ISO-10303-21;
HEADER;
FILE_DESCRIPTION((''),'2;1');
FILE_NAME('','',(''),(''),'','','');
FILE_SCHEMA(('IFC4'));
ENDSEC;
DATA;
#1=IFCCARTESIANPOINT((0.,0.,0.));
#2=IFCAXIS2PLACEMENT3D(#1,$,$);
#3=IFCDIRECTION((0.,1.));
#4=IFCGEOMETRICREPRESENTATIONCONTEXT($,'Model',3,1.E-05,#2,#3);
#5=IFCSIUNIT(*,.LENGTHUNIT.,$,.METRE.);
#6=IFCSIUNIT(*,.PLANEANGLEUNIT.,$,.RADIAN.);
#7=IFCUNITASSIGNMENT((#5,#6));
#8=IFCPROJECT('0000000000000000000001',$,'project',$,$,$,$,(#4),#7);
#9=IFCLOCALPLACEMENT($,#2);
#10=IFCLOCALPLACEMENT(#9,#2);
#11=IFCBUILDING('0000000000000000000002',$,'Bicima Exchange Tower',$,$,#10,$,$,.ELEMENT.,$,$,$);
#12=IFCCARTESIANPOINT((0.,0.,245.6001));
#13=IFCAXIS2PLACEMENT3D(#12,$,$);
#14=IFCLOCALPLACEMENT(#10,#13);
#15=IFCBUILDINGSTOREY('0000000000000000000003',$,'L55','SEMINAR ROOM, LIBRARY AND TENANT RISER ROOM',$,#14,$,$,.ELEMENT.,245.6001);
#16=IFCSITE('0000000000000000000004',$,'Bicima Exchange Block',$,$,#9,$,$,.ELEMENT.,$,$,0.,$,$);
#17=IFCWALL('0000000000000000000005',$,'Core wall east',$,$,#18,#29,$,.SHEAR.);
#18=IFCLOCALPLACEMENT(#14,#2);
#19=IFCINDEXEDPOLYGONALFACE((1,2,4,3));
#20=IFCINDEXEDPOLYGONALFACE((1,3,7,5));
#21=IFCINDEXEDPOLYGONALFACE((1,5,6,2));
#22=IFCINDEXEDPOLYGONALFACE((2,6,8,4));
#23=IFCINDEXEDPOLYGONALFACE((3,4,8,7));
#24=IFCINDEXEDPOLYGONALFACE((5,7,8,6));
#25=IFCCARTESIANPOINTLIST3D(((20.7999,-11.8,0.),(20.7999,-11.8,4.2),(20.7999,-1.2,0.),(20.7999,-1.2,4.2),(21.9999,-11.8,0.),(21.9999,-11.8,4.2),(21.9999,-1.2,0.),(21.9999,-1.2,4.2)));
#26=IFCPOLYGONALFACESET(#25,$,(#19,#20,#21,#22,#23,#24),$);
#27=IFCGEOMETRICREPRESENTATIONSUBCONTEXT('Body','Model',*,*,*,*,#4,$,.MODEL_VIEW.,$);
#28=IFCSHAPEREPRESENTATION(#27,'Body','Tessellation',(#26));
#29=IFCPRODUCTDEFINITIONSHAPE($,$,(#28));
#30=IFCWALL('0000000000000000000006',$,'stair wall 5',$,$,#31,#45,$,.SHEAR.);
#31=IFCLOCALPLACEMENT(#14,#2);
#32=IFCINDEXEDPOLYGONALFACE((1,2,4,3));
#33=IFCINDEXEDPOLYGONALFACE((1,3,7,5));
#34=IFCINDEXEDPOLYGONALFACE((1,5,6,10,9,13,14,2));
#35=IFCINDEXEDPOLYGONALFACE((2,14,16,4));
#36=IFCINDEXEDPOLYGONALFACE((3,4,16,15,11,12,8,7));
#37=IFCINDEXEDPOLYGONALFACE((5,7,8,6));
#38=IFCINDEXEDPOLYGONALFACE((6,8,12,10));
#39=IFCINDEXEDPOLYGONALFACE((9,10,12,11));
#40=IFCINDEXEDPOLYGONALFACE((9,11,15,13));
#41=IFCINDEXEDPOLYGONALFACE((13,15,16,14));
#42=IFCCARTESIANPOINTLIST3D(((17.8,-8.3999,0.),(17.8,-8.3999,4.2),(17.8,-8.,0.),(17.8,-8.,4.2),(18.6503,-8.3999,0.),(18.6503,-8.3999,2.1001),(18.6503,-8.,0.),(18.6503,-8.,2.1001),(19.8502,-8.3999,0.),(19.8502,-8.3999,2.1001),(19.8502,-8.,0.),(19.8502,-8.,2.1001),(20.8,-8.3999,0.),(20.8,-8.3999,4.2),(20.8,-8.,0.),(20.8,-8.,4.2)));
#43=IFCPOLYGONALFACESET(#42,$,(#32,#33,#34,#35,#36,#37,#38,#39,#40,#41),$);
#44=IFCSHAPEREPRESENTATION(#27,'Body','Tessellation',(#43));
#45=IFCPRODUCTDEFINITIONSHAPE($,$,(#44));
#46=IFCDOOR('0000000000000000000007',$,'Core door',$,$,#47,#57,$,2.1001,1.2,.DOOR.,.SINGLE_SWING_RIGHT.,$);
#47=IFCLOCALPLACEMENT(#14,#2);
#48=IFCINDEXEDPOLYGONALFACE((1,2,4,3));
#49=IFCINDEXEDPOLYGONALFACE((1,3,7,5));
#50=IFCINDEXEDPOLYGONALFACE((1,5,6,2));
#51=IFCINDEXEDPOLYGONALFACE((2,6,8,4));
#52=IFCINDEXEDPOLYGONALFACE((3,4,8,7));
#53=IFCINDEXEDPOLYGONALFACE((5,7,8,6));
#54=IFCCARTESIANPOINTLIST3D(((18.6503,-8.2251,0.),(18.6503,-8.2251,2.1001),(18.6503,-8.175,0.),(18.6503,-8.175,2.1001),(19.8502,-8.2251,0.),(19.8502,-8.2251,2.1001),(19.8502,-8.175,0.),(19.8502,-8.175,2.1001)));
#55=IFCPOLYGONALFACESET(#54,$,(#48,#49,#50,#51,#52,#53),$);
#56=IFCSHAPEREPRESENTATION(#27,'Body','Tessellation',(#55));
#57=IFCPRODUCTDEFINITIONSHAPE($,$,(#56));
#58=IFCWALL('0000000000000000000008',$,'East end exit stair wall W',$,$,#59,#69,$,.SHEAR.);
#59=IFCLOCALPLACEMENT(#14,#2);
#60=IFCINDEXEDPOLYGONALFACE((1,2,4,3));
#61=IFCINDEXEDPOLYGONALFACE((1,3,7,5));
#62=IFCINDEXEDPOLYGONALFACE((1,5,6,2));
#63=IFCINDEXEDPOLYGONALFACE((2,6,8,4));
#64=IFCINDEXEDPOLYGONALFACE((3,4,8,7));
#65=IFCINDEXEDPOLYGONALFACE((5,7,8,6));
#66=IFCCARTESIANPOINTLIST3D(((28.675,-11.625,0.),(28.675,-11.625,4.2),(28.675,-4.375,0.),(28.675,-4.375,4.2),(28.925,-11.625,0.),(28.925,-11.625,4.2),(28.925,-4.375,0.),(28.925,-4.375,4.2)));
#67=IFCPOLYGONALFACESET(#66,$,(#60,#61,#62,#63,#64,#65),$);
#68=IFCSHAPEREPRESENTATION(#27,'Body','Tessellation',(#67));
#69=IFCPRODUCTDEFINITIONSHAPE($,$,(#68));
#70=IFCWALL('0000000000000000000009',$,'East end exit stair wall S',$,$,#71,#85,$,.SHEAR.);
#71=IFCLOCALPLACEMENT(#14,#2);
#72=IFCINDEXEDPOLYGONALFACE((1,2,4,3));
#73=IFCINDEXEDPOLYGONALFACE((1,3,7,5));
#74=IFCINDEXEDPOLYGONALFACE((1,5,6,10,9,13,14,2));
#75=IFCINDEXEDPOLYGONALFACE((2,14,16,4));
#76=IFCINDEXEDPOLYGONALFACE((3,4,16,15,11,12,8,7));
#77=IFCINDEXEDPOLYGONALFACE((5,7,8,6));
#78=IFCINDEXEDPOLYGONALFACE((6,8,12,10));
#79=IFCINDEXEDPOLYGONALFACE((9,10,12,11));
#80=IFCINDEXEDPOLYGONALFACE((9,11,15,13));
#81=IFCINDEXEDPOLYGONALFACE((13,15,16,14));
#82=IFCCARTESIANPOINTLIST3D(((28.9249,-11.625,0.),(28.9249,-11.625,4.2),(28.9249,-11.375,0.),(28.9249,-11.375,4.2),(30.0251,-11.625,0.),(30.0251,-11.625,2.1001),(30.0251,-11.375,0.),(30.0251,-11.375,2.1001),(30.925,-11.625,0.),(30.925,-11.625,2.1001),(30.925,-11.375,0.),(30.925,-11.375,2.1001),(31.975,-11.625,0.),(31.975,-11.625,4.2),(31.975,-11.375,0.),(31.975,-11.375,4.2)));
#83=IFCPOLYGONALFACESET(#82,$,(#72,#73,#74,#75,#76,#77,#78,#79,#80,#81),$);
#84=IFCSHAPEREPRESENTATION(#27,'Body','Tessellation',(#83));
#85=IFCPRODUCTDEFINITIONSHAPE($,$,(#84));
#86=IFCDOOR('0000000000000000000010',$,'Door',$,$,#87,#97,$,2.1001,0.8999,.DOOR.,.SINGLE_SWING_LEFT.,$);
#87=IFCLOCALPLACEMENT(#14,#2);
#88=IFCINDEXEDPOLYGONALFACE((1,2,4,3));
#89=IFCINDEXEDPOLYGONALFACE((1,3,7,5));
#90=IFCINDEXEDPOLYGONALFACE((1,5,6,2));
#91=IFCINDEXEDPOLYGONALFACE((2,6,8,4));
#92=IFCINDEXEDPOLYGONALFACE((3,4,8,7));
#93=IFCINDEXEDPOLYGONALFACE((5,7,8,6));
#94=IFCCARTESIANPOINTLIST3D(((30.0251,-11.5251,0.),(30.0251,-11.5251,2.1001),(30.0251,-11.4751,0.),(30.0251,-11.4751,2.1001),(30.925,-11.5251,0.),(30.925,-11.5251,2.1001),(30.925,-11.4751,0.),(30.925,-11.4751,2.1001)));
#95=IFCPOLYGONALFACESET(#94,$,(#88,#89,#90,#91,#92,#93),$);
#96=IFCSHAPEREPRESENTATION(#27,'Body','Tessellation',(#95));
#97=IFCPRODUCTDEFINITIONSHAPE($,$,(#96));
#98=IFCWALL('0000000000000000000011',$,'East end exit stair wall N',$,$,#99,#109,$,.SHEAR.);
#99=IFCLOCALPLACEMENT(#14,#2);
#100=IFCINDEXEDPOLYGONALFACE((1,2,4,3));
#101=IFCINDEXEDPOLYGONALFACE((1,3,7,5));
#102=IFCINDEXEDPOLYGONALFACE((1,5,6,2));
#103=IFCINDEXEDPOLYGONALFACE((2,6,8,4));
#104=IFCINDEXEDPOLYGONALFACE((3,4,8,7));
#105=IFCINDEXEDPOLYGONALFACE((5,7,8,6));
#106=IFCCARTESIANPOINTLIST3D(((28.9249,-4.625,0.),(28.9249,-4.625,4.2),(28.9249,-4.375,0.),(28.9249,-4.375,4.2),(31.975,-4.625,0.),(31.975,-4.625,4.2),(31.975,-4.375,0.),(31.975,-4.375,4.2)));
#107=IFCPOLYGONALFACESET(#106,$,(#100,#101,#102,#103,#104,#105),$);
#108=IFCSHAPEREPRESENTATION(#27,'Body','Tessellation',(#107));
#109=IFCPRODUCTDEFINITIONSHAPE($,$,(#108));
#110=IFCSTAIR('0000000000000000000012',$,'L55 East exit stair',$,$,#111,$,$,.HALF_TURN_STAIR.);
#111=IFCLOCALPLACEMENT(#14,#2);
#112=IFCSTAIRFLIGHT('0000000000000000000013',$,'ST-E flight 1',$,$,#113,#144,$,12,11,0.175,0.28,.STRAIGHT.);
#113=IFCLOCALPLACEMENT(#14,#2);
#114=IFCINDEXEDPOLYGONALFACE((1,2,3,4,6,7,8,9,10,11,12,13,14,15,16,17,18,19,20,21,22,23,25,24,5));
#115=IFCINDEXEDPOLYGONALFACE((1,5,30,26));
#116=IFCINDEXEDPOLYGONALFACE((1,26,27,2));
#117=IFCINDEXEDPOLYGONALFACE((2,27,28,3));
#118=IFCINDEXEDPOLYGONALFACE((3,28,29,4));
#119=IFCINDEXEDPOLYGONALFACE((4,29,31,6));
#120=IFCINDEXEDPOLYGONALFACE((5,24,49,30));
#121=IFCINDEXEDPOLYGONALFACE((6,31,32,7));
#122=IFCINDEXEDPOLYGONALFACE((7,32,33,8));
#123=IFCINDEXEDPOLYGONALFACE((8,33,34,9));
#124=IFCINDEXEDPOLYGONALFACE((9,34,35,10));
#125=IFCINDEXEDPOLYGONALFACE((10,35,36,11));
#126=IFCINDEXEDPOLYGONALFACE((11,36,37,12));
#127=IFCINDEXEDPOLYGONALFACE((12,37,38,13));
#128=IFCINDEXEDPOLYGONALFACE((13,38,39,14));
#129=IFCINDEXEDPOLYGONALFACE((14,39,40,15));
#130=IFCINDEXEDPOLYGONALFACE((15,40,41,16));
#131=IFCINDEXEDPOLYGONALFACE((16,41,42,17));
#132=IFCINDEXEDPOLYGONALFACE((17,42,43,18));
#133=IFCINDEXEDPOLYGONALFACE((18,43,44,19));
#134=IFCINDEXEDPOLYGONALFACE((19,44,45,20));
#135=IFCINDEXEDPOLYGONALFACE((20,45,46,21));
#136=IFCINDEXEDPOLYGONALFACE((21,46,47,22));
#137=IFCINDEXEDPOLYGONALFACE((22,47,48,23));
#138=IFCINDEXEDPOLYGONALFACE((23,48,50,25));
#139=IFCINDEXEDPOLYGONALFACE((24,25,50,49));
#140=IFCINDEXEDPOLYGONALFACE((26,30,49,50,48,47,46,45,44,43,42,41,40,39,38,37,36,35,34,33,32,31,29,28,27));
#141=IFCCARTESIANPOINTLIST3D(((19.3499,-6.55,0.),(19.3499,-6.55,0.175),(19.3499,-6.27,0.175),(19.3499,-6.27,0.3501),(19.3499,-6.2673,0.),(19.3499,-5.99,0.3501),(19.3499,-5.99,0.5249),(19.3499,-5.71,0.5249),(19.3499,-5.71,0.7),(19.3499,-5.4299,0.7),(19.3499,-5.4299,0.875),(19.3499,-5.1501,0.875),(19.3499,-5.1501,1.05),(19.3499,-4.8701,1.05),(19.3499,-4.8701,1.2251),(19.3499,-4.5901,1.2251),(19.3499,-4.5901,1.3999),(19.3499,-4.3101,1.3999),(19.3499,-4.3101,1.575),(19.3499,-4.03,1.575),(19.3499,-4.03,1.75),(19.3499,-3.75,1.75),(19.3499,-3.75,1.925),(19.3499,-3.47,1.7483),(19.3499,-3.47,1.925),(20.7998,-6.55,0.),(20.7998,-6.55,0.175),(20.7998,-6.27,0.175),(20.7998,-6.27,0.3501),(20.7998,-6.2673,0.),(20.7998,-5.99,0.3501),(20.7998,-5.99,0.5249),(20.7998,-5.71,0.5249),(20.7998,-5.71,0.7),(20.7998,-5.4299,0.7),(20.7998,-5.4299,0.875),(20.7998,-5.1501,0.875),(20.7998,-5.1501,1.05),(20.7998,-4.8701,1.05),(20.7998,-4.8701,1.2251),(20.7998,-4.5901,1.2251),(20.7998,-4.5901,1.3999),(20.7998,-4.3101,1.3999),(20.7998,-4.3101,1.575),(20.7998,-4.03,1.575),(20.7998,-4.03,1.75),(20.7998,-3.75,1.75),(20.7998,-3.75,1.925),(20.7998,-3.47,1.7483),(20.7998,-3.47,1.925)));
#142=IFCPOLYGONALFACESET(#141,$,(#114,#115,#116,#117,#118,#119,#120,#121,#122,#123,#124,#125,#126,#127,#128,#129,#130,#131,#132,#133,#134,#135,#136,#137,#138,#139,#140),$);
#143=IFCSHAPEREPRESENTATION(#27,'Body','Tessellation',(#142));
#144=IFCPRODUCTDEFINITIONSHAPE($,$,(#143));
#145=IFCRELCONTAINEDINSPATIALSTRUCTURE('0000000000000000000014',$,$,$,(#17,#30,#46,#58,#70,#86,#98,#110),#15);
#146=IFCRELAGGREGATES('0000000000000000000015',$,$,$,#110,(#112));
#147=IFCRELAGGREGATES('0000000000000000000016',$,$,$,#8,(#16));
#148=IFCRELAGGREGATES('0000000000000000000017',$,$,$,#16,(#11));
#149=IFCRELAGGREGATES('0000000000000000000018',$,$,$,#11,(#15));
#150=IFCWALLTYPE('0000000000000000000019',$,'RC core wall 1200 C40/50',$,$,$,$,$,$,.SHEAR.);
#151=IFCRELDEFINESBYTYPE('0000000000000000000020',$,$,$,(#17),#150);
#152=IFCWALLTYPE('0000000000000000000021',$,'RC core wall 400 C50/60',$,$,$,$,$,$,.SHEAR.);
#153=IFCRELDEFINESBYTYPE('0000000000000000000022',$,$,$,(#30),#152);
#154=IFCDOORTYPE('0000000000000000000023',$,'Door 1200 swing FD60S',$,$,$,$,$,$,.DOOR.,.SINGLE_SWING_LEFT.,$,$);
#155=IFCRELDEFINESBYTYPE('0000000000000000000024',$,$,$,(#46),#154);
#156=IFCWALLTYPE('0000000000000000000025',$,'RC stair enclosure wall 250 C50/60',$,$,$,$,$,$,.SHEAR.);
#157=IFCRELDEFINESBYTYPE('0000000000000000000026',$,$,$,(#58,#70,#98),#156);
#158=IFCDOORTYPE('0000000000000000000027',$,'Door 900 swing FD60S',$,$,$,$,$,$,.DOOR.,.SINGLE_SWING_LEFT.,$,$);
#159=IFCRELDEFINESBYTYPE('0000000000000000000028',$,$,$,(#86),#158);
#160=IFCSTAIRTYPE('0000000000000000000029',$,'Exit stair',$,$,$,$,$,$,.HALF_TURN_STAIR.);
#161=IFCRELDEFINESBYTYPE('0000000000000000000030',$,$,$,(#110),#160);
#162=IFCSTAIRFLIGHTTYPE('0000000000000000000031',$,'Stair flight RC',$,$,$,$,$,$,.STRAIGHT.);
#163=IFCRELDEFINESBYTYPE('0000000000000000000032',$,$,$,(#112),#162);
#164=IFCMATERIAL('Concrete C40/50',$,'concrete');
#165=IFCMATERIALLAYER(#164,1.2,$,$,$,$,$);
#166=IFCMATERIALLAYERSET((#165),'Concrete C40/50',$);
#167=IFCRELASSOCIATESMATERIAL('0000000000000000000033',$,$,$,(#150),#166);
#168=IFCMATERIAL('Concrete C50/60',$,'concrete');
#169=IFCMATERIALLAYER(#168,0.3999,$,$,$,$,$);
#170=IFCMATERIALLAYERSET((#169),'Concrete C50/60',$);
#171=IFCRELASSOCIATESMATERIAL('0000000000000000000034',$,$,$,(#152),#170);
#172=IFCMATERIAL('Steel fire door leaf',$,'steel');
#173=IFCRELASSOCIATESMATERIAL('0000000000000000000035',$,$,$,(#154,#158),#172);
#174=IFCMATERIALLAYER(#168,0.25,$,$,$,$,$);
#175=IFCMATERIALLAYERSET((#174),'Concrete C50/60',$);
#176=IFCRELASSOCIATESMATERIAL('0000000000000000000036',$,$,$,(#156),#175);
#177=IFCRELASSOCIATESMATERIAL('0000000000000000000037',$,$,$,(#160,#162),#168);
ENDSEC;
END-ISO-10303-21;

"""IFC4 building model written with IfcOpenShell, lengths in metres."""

from ifc_helpers import new_model, si_unit, direction, frame, frame_2d, origin, place, context, subcontext, project, spatial, polyline, rectangle, outline, extrude, material, layer, layer_set, type_object, element, fill, aggregate, save


model = new_model("IFC4")

# Units and contexts
model_context = context("Model", 3, precision=1e-05, world=origin(), true_north=direction((0.0, 1.0)))
body_context = subcontext(model_context, "Body", "Model", "MODEL_VIEW")
ifc_project = project(units=[si_unit("LENGTHUNIT", "METRE"), si_unit("PLANEANGLEUNIT", "RADIAN")], contexts=[model_context])

# Site, building, storey
site_placement = place(None, origin())
site = spatial("IfcSite", under=ifc_project, at=site_placement, Name="Bicima Exchange Block", CompositionType="ELEMENT", RefElevation=0.0)
building_placement = place(site_placement, origin())
building = spatial("IfcBuilding", under=site, at=building_placement, Name="Bicima Exchange Tower", CompositionType="ELEMENT")
storey_placement = place(building_placement, frame((0.0, 0.0, 245.6001)))
storey = spatial("IfcBuildingStorey", under=building, at=storey_placement, Name="L55", Description="SEMINAR ROOM, LIBRARY AND TENANT RISER ROOM", CompositionType="ELEMENT", Elevation=245.6001)

# Wall
ifc_material_1 = material(Name="Concrete C40/50", Category="concrete")
ifc_layer_1 = layer(ifc_material_1, 1.2)
ifc_layer_set_1 = layer_set([ifc_layer_1], Name="Concrete C40/50")
wall_type_1 = type_object("IfcWallType", Name="RC core wall 1200 C40/50", PredefinedType="SHEAR", material=ifc_layer_set_1)
wall_1_placement = place(storey_placement, frame((21.3999, -11.8, 0.0), z_axis=(0.0, 0.0, 1.0), x_axis=(0.0, 1.0, 0.0)))
element("IfcWall", 1, at=wall_1_placement, inside=storey, type_object=wall_type_1, Name="Core wall east", PredefinedType="SHEAR", context=body_context, shape_type="SweptSolid", body=[
    extrude(rectangle(XDim=10.6001, YDim=1.2, at=frame_2d((5.3, 0.0))), origin(), (0.0, 0.0, 1.0), 4.2),
])

# Wall, opening, door
ifc_material_2 = material(Name="Concrete C50/60", Category="concrete")
ifc_layer_2 = layer(ifc_material_2, 0.3999)
ifc_layer_set_2 = layer_set([ifc_layer_2], Name="Concrete C50/60")
wall_type_2 = type_object("IfcWallType", Name="RC core wall 400 C50/60", PredefinedType="SHEAR", material=ifc_layer_set_2)
wall_2_placement = place(storey_placement, frame((17.8, -8.2, 0.0), z_axis=(0.0, 0.0, 1.0), x_axis=(1.0, 0.0, 0.0)))
wall_2 = element("IfcWall", 2, at=wall_2_placement, inside=storey, type_object=wall_type_2, Name="stair wall 5", PredefinedType="SHEAR", context=body_context, shape_type="SweptSolid", body=[
    extrude(rectangle(XDim=3.0, YDim=0.3999, at=frame_2d((1.5, 0.0))), origin(), (0.0, 0.0, 1.0), 4.2),
])
opening_1_placement = place(wall_2_placement, frame((0.8501, 0.0, 0.0)))
opening_1 = element("IfcOpeningElement", 3, at=opening_1_placement, cuts=wall_2, PredefinedType="OPENING", context=body_context, shape_type="SweptSolid", body=[
    extrude(rectangle(XDim=1.2, YDim=2.1001, at=frame_2d((0.6001, 1.05))), frame((0.0, 0.2119, 0.0), z_axis=(0.0, -1.0, 0.0), x_axis=(1.0, 0.0, 0.0)), (0.0, 0.0, 1.0), 0.4238),
])
ifc_material_3 = material(Name="Steel fire door leaf", Category="steel")
door_type_1 = type_object("IfcDoorType", Name="Door 1200 swing FD60S", OperationType="SINGLE_SWING_LEFT", PredefinedType="DOOR", material=ifc_material_3)
door_1_placement = place(opening_1_placement, origin())
door_1 = element("IfcDoor", 4, at=door_1_placement, inside=storey, type_object=door_type_1, Name="Core door", OperationType="SINGLE_SWING_RIGHT", OverallHeight=2.1001, OverallWidth=1.2, PredefinedType="DOOR", context=body_context, shape_type="SweptSolid", body=[
    extrude(rectangle(XDim=1.2, YDim=2.1001, at=frame_2d((0.6001, 1.05))), frame((0.0, 0.0249, 0.0), z_axis=(0.0, -1.0, 0.0), x_axis=(1.0, 0.0, 0.0)), (0.0, 0.0, 1.0), 0.05),
])
fill(opening_1, door_1)

# Wall
ifc_layer_3 = layer(ifc_material_2, 0.25)
ifc_layer_set_3 = layer_set([ifc_layer_3], Name="Concrete C50/60")
wall_type_3 = type_object("IfcWallType", Name="RC stair enclosure wall 250 C50/60", PredefinedType="SHEAR", material=ifc_layer_set_3)
wall_3_placement = place(storey_placement, frame((28.8, -11.625, 0.0), z_axis=(0.0, 0.0, 1.0), x_axis=(0.0, 1.0, 0.0)))
element("IfcWall", 5, at=wall_3_placement, inside=storey, type_object=wall_type_3, Name="East end exit stair wall W", PredefinedType="SHEAR", context=body_context, shape_type="SweptSolid", body=[
    extrude(rectangle(XDim=7.25, YDim=0.25, at=frame_2d((3.625, 0.0))), origin(), (0.0, 0.0, 1.0), 4.2),
])

# Wall, opening, door
wall_4_placement = place(storey_placement, frame((28.925, -11.5, 0.0), z_axis=(0.0, 0.0, 1.0), x_axis=(1.0, 0.0, 0.0)))
wall_4 = element("IfcWall", 6, at=wall_4_placement, inside=storey, type_object=wall_type_3, Name="East end exit stair wall S", PredefinedType="SHEAR", context=body_context, shape_type="SweptSolid", body=[
    extrude(rectangle(XDim=3.05, YDim=0.25, at=frame_2d((1.5249, 0.0))), origin(), (0.0, 0.0, 1.0), 4.2),
])
opening_2_placement = place(wall_4_placement, frame((1.1001, 0.0, 0.0)))
opening_2 = element("IfcOpeningElement", 7, at=opening_2_placement, cuts=wall_4, PredefinedType="OPENING", context=body_context, shape_type="SweptSolid", body=[
    extrude(rectangle(XDim=0.8999, YDim=2.1001, at=frame_2d((0.45, 1.05))), frame((0.0, 0.137, 0.0), z_axis=(0.0, -1.0, 0.0), x_axis=(1.0, 0.0, 0.0)), (0.0, 0.0, 1.0), 0.2739),
])
door_type_2 = type_object("IfcDoorType", Name="Door 900 swing FD60S", OperationType="SINGLE_SWING_LEFT", PredefinedType="DOOR", material=ifc_material_3)
door_2_placement = place(opening_2_placement, origin())
door_2 = element("IfcDoor", 8, at=door_2_placement, inside=storey, type_object=door_type_2, Name="Door", OperationType="SINGLE_SWING_LEFT", OverallHeight=2.1001, OverallWidth=0.8999, PredefinedType="DOOR", context=body_context, shape_type="SweptSolid", body=[
    extrude(rectangle(XDim=0.8999, YDim=2.1001, at=frame_2d((0.45, 1.05))), frame((0.0, 0.0249, 0.0), z_axis=(0.0, -1.0, 0.0), x_axis=(1.0, 0.0, 0.0)), (0.0, 0.0, 1.0), 0.05),
])
fill(opening_2, door_2)

# Wall
wall_5_placement = place(storey_placement, frame((28.925, -4.5, 0.0), z_axis=(0.0, 0.0, 1.0), x_axis=(1.0, 0.0, 0.0)))
element("IfcWall", 9, at=wall_5_placement, inside=storey, type_object=wall_type_3, Name="East end exit stair wall N", PredefinedType="SHEAR", context=body_context, shape_type="SweptSolid", body=[
    extrude(rectangle(XDim=3.05, YDim=0.25, at=frame_2d((1.5249, 0.0))), origin(), (0.0, 0.0, 1.0), 4.2),
])

# Stair, stair flight
stair_type = type_object("IfcStairType", Name="Exit stair", PredefinedType="HALF_TURN_STAIR", material=ifc_material_2)
stair_1_placement = place(storey_placement, origin())
stair_1 = element("IfcStair", 10, at=stair_1_placement, inside=storey, type_object=stair_type, Name="L55 East exit stair", PredefinedType="HALF_TURN_STAIR")
stair_flight_type = type_object("IfcStairFlightType", Name="Stair flight RC", PredefinedType="STRAIGHT", material=ifc_material_2)
stair_flight_1_placement = place(storey_placement, frame((20.075, -6.55, 0.0), z_axis=(0.0, 0.0, 1.0), x_axis=(0.0, 1.0, 0.0)))
stair_flight_1 = element("IfcStairFlight", 11, at=stair_flight_1_placement, type_object=stair_flight_type, Name="ST-E flight 1", NumberOfRisers=12, NumberOfTreads=11, PredefinedType="STRAIGHT", RiserHeight=0.175, TreadLength=0.28, context=body_context, shape_type="SweptSolid", body=[
    extrude(outline(polyline([(0.0, 0.0), (0.0, 0.175), (0.28, 0.175), (0.28, 0.3501), (0.5601, 0.3501), (0.5601, 0.5249), (0.8401, 0.5249), (0.8401, 0.7), (1.1201, 0.7), (1.1201, 0.875), (1.3999, 0.875), (1.3999, 1.05), (1.6799, 1.05), (1.6799, 1.2251), (1.96, 1.2251), (1.96, 1.3999), (2.24, 1.3999), (2.24, 1.575), (2.52, 1.575), (2.52, 1.75), (2.8, 1.75), (2.8, 1.925), (3.0801, 1.925), (3.0801, 2.1001), (3.0801, 1.7483), (0.2827, 0.0), (0.0, 0.0)])), frame((0.0, 0.7251, 0.0), z_axis=(0.0, -1.0, 0.0), x_axis=(1.0, 0.0, 0.0)), (0.0, 0.0, 1.0), 1.45),
])
aggregate(stair_1, [stair_flight_1])

save(model, "model.ifc")
